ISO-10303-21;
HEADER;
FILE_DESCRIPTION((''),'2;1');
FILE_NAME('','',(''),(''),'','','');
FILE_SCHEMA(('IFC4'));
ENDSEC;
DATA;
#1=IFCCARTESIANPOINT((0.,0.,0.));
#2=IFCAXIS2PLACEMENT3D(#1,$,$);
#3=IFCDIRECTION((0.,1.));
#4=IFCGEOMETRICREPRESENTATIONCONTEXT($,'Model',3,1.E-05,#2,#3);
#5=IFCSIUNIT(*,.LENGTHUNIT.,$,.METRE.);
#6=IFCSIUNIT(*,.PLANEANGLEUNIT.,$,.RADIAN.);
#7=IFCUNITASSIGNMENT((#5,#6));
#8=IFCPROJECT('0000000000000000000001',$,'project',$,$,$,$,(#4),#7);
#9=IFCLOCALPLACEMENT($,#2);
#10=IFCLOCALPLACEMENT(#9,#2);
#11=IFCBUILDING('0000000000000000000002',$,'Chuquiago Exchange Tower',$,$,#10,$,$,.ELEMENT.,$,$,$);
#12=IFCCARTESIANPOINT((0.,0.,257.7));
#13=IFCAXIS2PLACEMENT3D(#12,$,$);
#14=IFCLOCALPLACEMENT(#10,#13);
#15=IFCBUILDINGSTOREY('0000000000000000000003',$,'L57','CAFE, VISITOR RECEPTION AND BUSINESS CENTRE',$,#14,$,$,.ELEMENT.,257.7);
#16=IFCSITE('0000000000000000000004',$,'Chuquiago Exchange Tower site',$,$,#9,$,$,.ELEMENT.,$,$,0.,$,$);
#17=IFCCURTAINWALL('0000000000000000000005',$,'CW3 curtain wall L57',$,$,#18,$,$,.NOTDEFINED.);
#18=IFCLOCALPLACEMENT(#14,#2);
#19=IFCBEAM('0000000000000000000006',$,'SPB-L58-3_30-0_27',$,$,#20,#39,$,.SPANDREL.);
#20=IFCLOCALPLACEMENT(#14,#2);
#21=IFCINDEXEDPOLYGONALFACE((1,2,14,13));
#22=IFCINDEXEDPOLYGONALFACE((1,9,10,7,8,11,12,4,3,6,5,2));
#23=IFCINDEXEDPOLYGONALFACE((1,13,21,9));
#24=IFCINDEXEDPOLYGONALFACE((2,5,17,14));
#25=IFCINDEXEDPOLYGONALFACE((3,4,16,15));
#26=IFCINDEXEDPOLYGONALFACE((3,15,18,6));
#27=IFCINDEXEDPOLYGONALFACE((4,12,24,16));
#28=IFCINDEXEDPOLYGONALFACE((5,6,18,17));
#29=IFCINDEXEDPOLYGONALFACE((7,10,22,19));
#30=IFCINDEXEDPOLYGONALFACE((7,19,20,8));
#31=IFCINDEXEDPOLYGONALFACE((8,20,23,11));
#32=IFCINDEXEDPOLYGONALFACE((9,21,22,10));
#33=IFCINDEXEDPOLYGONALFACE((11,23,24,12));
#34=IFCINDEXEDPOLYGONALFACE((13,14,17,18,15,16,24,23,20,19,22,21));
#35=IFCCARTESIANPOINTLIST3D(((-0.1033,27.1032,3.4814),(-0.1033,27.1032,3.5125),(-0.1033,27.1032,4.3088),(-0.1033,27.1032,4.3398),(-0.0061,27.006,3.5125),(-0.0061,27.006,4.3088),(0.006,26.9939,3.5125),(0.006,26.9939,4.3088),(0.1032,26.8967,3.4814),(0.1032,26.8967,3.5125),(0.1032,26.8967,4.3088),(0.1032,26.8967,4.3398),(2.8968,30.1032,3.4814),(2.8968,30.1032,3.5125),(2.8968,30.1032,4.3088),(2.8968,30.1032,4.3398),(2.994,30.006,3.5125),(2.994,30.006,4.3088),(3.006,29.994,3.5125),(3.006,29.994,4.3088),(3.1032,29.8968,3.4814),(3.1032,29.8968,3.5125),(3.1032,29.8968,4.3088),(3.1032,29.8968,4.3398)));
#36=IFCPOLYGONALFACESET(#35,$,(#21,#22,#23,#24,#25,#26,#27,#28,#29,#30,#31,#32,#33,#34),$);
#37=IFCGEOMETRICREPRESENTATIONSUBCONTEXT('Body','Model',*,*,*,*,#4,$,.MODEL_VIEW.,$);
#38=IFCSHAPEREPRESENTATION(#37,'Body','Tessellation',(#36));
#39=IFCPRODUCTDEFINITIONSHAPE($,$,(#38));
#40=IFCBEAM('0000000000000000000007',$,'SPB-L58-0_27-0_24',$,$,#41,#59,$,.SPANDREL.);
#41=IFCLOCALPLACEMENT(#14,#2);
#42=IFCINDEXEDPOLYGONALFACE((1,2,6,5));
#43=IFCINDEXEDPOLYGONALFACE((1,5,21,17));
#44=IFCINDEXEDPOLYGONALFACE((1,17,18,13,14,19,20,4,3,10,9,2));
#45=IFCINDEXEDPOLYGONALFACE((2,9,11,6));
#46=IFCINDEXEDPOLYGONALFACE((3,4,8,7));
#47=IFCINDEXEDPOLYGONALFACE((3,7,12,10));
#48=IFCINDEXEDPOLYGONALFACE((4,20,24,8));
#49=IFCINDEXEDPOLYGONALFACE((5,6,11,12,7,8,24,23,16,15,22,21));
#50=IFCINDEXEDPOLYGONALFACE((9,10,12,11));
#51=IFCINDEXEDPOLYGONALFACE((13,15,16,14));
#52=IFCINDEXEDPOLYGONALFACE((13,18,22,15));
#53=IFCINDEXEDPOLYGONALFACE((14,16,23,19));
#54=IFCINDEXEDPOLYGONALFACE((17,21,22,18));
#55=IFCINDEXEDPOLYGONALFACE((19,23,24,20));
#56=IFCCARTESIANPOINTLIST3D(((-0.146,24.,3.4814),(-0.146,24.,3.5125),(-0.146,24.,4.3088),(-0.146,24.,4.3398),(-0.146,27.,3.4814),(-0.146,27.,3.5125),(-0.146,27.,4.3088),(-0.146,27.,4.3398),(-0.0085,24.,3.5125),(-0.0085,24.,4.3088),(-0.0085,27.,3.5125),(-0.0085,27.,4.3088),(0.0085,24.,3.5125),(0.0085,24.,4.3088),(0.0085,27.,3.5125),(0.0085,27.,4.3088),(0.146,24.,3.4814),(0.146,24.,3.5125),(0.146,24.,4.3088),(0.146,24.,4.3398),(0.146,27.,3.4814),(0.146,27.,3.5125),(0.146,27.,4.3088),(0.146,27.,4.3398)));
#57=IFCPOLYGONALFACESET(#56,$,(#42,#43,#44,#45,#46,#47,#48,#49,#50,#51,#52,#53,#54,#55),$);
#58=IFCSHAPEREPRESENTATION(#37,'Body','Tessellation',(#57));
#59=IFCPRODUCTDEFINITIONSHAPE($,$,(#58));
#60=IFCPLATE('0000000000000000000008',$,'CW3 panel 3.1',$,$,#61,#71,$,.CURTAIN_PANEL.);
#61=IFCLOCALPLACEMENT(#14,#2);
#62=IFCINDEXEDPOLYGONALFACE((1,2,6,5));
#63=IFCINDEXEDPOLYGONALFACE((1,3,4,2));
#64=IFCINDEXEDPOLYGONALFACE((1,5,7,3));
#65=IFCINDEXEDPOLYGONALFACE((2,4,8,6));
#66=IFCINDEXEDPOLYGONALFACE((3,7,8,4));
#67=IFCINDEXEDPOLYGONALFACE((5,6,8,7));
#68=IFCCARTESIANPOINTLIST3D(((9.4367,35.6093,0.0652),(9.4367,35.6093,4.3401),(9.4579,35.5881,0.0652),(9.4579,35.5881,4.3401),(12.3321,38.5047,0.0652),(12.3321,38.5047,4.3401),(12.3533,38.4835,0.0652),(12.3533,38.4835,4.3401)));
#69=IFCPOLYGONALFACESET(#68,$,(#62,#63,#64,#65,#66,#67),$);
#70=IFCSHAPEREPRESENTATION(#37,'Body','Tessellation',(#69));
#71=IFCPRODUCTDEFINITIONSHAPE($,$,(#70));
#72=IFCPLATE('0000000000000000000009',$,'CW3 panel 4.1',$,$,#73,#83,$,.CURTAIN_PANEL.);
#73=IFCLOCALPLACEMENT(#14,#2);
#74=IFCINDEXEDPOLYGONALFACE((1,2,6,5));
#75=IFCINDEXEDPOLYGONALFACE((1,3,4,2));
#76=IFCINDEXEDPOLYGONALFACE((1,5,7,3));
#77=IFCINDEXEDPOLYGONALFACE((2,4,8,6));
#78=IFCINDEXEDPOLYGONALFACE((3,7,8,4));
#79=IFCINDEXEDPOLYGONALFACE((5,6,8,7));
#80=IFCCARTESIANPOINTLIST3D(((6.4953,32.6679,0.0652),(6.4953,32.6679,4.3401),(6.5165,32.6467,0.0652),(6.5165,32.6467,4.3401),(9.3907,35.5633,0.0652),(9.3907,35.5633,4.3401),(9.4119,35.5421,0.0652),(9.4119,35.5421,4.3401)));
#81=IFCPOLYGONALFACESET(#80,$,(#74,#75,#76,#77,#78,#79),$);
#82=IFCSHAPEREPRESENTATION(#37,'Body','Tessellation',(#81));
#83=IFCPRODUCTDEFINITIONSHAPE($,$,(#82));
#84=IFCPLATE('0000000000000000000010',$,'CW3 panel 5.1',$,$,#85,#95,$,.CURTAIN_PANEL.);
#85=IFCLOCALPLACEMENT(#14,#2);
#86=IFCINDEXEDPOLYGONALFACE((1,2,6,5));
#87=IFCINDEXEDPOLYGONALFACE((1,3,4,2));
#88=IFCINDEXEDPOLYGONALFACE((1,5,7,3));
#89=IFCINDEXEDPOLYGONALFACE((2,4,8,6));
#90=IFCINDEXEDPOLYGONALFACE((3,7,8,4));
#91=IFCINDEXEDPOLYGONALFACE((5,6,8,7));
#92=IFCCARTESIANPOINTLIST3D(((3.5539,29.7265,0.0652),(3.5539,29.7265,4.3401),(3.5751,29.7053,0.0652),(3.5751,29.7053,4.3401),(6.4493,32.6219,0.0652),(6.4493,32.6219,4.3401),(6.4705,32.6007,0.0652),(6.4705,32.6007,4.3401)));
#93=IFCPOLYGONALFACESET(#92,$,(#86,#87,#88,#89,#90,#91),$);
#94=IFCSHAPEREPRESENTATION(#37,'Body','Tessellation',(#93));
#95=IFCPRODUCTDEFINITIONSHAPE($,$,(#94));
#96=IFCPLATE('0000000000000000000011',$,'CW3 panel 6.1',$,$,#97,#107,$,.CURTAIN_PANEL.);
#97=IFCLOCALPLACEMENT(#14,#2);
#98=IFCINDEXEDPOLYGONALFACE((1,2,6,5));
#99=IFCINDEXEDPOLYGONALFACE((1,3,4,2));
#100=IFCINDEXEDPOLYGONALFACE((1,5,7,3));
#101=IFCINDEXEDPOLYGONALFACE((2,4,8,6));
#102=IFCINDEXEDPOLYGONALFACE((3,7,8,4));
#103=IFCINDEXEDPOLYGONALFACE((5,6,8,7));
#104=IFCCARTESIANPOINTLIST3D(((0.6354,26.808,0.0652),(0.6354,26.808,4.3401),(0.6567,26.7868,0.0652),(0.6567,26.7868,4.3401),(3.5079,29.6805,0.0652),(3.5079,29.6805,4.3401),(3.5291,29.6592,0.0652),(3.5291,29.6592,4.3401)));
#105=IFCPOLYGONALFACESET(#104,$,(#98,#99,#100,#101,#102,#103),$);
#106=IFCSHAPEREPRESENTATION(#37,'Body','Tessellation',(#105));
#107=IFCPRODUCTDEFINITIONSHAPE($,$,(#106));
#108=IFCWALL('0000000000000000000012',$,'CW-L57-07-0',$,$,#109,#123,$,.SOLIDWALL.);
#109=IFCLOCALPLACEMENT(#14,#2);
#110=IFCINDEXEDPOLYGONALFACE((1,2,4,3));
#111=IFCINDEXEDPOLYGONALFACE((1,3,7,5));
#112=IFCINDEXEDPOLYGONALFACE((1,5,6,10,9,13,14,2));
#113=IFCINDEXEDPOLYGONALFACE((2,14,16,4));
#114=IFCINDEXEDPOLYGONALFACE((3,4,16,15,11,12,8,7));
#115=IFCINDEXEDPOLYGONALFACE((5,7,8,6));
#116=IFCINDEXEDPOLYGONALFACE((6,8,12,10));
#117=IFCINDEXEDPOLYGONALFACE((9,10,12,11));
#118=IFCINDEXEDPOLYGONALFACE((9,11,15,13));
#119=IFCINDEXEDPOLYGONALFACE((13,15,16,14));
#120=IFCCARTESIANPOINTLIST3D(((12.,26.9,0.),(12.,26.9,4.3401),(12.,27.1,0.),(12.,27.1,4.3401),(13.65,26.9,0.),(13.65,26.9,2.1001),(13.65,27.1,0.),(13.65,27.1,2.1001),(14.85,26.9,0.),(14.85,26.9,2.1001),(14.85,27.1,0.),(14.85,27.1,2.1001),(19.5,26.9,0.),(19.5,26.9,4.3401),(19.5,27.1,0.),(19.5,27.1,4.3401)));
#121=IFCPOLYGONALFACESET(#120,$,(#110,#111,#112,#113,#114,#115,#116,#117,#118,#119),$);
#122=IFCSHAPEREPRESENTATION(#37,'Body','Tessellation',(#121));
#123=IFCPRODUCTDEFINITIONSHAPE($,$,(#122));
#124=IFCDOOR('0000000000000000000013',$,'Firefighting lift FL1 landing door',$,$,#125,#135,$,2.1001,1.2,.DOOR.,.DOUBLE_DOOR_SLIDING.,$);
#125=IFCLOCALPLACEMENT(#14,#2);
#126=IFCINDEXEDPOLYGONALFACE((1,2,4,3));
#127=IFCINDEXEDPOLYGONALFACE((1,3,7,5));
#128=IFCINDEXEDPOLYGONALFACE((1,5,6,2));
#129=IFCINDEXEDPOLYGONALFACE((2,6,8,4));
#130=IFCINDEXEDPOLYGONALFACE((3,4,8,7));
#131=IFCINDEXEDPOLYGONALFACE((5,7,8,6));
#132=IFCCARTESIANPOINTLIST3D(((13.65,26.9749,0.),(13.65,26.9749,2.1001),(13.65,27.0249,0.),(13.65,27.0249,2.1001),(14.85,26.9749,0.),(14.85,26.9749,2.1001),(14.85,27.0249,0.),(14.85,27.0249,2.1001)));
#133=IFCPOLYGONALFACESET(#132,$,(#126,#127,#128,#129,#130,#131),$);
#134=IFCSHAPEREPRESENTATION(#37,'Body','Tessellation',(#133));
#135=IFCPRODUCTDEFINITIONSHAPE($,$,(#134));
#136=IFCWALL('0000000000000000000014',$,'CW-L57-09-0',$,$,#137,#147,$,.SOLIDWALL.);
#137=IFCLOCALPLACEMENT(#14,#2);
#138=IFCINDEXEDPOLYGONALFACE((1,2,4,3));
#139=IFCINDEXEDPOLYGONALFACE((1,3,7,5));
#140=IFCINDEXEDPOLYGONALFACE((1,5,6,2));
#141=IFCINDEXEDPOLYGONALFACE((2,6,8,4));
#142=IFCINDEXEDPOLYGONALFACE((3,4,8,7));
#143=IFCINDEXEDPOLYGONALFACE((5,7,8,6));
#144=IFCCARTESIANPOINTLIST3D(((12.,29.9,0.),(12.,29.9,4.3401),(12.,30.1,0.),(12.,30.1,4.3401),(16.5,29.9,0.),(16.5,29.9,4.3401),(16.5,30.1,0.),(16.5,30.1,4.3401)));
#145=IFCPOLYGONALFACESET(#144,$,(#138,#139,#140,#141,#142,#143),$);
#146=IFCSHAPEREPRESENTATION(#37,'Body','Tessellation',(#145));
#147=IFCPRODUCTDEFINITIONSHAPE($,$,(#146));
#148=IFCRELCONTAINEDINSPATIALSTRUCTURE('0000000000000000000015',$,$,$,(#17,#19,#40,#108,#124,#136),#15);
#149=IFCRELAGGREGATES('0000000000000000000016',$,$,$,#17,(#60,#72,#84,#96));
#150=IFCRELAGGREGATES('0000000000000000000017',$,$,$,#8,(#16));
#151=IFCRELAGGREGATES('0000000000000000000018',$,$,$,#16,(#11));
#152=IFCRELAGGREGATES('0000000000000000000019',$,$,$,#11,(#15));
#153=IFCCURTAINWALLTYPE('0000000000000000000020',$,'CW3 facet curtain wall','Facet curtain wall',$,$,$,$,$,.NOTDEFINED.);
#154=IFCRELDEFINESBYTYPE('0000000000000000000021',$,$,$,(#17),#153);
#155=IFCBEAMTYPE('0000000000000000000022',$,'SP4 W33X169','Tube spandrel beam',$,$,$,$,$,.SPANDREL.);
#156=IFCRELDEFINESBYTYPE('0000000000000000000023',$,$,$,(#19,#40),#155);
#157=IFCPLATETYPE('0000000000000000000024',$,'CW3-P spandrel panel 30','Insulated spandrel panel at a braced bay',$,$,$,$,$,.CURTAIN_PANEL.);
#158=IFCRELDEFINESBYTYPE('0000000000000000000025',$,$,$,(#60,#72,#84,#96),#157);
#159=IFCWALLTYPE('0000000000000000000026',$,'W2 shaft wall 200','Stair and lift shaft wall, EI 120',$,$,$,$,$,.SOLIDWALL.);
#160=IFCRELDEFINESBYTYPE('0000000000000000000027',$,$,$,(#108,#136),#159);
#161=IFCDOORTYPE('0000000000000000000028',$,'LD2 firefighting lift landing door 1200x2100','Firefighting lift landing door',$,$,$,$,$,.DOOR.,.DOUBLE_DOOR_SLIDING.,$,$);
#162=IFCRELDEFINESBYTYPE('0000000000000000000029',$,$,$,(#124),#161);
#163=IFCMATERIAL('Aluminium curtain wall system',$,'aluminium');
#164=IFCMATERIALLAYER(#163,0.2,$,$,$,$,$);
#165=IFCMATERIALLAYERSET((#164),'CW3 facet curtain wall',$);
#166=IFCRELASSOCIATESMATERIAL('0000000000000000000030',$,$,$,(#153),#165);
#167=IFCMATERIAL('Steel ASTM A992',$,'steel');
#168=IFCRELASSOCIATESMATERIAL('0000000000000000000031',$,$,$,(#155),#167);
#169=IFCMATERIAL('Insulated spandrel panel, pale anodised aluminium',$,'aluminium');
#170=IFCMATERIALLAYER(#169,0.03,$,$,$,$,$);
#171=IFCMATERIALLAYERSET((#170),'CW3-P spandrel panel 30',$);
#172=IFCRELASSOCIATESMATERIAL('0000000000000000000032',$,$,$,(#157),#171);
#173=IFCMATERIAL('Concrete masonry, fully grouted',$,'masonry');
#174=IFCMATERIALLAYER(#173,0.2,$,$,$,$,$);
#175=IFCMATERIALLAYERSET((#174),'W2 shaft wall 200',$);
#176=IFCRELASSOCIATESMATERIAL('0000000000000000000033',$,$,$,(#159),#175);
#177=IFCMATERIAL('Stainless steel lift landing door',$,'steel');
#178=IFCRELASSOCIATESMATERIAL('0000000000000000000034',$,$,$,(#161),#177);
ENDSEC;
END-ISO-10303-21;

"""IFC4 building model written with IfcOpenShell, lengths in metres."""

from ifc_helpers import new_model, si_unit, direction, frame, frame_2d, origin, origin_2d, place, context, subcontext, project, spatial, rectangle, i_section, extrude, material, layer, layer_set, material_profile, profile_set, type_object, element, fill, aggregate, save


model = new_model("IFC4")

# Units and contexts
model_context = context("Model", 3, precision=1e-05, world=origin(), true_north=direction((0.0, 1.0)))
body_context = subcontext(model_context, "Body", "Model", "MODEL_VIEW")
ifc_project = project(units=[si_unit("LENGTHUNIT", "METRE"), si_unit("PLANEANGLEUNIT", "RADIAN")], contexts=[model_context])

# Site, building, storey
site_placement = place(None, origin())
site = spatial("IfcSite", under=ifc_project, at=site_placement, Name="Chuquiago Exchange Tower site", CompositionType="ELEMENT", RefElevation=0.0)
building_placement = place(site_placement, origin())
building = spatial("IfcBuilding", under=site, at=building_placement, Name="Chuquiago Exchange Tower", CompositionType="ELEMENT")
storey_placement = place(building_placement, frame((0.0, 0.0, 257.7)))
storey = spatial("IfcBuildingStorey", under=building, at=storey_placement, Name="L57", Description="CAFE, VISITOR RECEPTION AND BUSINESS CENTRE", CompositionType="ELEMENT", Elevation=257.7)

# Curtain wall
ifc_material_1 = material(Name="Aluminium curtain wall system", Category="aluminium")
ifc_layer_1 = layer(ifc_material_1, 0.2)
ifc_layer_set_1 = layer_set([ifc_layer_1], Name="CW3 facet curtain wall")
curtain_wall_type = type_object("IfcCurtainWallType", Name="CW3 facet curtain wall", Description="Facet curtain wall", PredefinedType="NOTDEFINED", material=ifc_layer_set_1)
curtain_wall_placement = place(storey_placement, origin())
curtain_wall = element("IfcCurtainWall", 1, at=curtain_wall_placement, inside=storey, type_object=curtain_wall_type, Name="CW3 curtain wall L57", PredefinedType="NOTDEFINED")

# Beams
ifc_material_2 = material(Name="Steel ASTM A992", Category="steel")
ifc_material_profile_1 = material_profile(ifc_material_2, i_section(OverallWidth=0.292, OverallDepth=0.8584, WebThickness=0.0171, FlangeThickness=0.031, at=origin_2d()), Name="W33X169")
ifc_profile_set_1 = profile_set([ifc_material_profile_1], Name="Steel ASTM A992")
beam_type_1 = type_object("IfcBeamType", Name="SP4 W33X169", Description="Tube spandrel beam", PredefinedType="SPANDREL", material=ifc_profile_set_1)
for number, where, z_axis, x_axis, name in (
    (2, (3.0, 30.0, 3.9106), (-0.707107, -0.707107, 0.0), (0.707107, -0.707107, 0.0), "SPB-L58-3_30-0_27"),
):
    element("IfcBeam", number, at=place(storey_placement, frame(where, z_axis=z_axis, x_axis=x_axis)), inside=storey, type_object=beam_type_1, Name=name, PredefinedType="SPANDREL", context=body_context, shape_type="SweptSolid", body=[
        extrude(i_section(OverallWidth=0.292, OverallDepth=0.8584, WebThickness=0.0171, FlangeThickness=0.031, at=origin_2d()), origin(), (0.0, 0.0, 1.0), 4.2427),
    ])
beam_1_placement = place(storey_placement, frame((0.0, 27.0, 3.9106), z_axis=(0.0, -1.0, 0.0), x_axis=(1.0, 0.0, 0.0)))
element("IfcBeam", 3, at=beam_1_placement, inside=storey, type_object=beam_type_1, Name="SPB-L58-0_27-0_24", PredefinedType="SPANDREL", context=body_context, shape_type="SweptSolid", body=[
    extrude(i_section(OverallWidth=0.292, OverallDepth=0.8584, WebThickness=0.0171, FlangeThickness=0.031, at=origin_2d()), origin(), (0.0, 0.0, 1.0), 3.0),
])

# Plates
ifc_material_3 = material(Name="Insulated spandrel panel, pale anodised aluminium", Category="aluminium")
ifc_layer_2 = layer(ifc_material_3, 0.03)
ifc_layer_set_2 = layer_set([ifc_layer_2], Name="CW3-P spandrel panel 30")
plate_type = type_object("IfcPlateType", Name="CW3-P spandrel panel 30", Description="Insulated spandrel panel at a braced bay", PredefinedType="CURTAIN_PANEL", material=ifc_layer_set_2)
plate_1_placement = place(storey_placement, frame((10.895, 37.0464, 0.0652), z_axis=(0.0, 0.0, 1.0), x_axis=(-0.707107, -0.707107, 0.0)))
plate_1 = element("IfcPlate", 4, at=plate_1_placement, type_object=plate_type, Name="CW3 panel 3.1", PredefinedType="CURTAIN_PANEL", context=body_context, shape_type="SweptSolid", body=[
    extrude(rectangle(XDim=4.0947, YDim=0.03, at=origin_2d()), origin(), (0.0, 0.0, 1.0), 4.2749),
])
plate_2_placement = place(storey_placement, frame((7.9536, 34.105, 0.0652), z_axis=(0.0, 0.0, 1.0), x_axis=(-0.707107, -0.707107, 0.0)))
plate_2 = element("IfcPlate", 5, at=plate_2_placement, type_object=plate_type, Name="CW3 panel 4.1", PredefinedType="CURTAIN_PANEL", context=body_context, shape_type="SweptSolid", body=[
    extrude(rectangle(XDim=4.0947, YDim=0.03, at=origin_2d()), origin(), (0.0, 0.0, 1.0), 4.2749),
])
plate_3_placement = place(storey_placement, frame((5.0122, 31.1636, 0.0652), z_axis=(0.0, 0.0, 1.0), x_axis=(-0.707107, -0.707107, 0.0)))
plate_3 = element("IfcPlate", 6, at=plate_3_placement, type_object=plate_type, Name="CW3 panel 5.1", PredefinedType="CURTAIN_PANEL", context=body_context, shape_type="SweptSolid", body=[
    extrude(rectangle(XDim=4.0947, YDim=0.03, at=origin_2d()), origin(), (0.0, 0.0, 1.0), 4.2749),
])
plate_4_placement = place(storey_placement, frame((2.0823, 28.2336, 0.0652), z_axis=(0.0, 0.0, 1.0), x_axis=(-0.707107, -0.707107, 0.0)))
plate_4 = element("IfcPlate", 7, at=plate_4_placement, type_object=plate_type, Name="CW3 panel 6.1", PredefinedType="CURTAIN_PANEL", context=body_context, shape_type="SweptSolid", body=[
    extrude(rectangle(XDim=4.0623, YDim=0.03, at=origin_2d()), origin(), (0.0, 0.0, 1.0), 4.2749),
])
aggregate(curtain_wall, [plate_1, plate_2, plate_3, plate_4])

# Wall, opening, door
ifc_material_4 = material(Name="Concrete masonry, fully grouted", Category="masonry")
ifc_layer_3 = layer(ifc_material_4, 0.2)
ifc_layer_set_3 = layer_set([ifc_layer_3], Name="W2 shaft wall 200")
wall_type = type_object("IfcWallType", Name="W2 shaft wall 200", Description="Stair and lift shaft wall, EI 120", PredefinedType="SOLIDWALL", material=ifc_layer_set_3)
wall_1_placement = place(storey_placement, frame((12.0, 27.0, 0.0), z_axis=(0.0, 0.0, 1.0), x_axis=(1.0, 0.0, 0.0)))
wall_1 = element("IfcWall", 8, at=wall_1_placement, inside=storey, type_object=wall_type, Name="CW-L57-07-0", PredefinedType="SOLIDWALL", context=body_context, shape_type="SweptSolid", body=[
    extrude(rectangle(XDim=7.5, YDim=0.2, at=frame_2d((3.75, 0.0))), origin(), (0.0, 0.0, 1.0), 4.3401),
])
opening_placement = place(wall_1_placement, frame((1.6499, 0.0, 0.0)))
opening = element("IfcOpeningElement", 9, at=opening_placement, cuts=wall_1, PredefinedType="OPENING", context=body_context, shape_type="SweptSolid", body=[
    extrude(rectangle(XDim=1.2, YDim=2.1001, at=frame_2d((0.6001, 1.05))), frame((0.0, 0.1099, 0.0), z_axis=(0.0, -1.0, 0.0), x_axis=(1.0, 0.0, 0.0)), (0.0, 0.0, 1.0), 0.22),
])
ifc_material_5 = material(Name="Stainless steel lift landing door", Category="steel")
door_type = type_object("IfcDoorType", Name="LD2 firefighting lift landing door 1200x2100", Description="Firefighting lift landing door", OperationType="DOUBLE_DOOR_SLIDING", PredefinedType="DOOR", material=ifc_material_5)
door_placement = place(opening_placement, origin())
door = element("IfcDoor", 10, at=door_placement, inside=storey, type_object=door_type, Name="Firefighting lift FL1 landing door", OperationType="DOUBLE_DOOR_SLIDING", OverallHeight=2.1001, OverallWidth=1.2, PredefinedType="DOOR", context=body_context, shape_type="SweptSolid", body=[
    extrude(rectangle(XDim=1.2, YDim=2.1001, at=frame_2d((0.6001, 1.05))), frame((0.0, 0.0249, 0.0), z_axis=(0.0, -1.0, 0.0), x_axis=(1.0, 0.0, 0.0)), (0.0, 0.0, 1.0), 0.05),
])
fill(opening, door)

# Wall
wall_2_placement = place(storey_placement, frame((12.0, 30.0, 0.0), z_axis=(0.0, 0.0, 1.0), x_axis=(1.0, 0.0, 0.0)))
element("IfcWall", 11, at=wall_2_placement, inside=storey, type_object=wall_type, Name="CW-L57-09-0", PredefinedType="SOLIDWALL", context=body_context, shape_type="SweptSolid", body=[
    extrude(rectangle(XDim=4.5, YDim=0.2, at=frame_2d((2.25, 0.0))), origin(), (0.0, 0.0, 1.0), 4.3401),
])

save(model, "model.ifc")
